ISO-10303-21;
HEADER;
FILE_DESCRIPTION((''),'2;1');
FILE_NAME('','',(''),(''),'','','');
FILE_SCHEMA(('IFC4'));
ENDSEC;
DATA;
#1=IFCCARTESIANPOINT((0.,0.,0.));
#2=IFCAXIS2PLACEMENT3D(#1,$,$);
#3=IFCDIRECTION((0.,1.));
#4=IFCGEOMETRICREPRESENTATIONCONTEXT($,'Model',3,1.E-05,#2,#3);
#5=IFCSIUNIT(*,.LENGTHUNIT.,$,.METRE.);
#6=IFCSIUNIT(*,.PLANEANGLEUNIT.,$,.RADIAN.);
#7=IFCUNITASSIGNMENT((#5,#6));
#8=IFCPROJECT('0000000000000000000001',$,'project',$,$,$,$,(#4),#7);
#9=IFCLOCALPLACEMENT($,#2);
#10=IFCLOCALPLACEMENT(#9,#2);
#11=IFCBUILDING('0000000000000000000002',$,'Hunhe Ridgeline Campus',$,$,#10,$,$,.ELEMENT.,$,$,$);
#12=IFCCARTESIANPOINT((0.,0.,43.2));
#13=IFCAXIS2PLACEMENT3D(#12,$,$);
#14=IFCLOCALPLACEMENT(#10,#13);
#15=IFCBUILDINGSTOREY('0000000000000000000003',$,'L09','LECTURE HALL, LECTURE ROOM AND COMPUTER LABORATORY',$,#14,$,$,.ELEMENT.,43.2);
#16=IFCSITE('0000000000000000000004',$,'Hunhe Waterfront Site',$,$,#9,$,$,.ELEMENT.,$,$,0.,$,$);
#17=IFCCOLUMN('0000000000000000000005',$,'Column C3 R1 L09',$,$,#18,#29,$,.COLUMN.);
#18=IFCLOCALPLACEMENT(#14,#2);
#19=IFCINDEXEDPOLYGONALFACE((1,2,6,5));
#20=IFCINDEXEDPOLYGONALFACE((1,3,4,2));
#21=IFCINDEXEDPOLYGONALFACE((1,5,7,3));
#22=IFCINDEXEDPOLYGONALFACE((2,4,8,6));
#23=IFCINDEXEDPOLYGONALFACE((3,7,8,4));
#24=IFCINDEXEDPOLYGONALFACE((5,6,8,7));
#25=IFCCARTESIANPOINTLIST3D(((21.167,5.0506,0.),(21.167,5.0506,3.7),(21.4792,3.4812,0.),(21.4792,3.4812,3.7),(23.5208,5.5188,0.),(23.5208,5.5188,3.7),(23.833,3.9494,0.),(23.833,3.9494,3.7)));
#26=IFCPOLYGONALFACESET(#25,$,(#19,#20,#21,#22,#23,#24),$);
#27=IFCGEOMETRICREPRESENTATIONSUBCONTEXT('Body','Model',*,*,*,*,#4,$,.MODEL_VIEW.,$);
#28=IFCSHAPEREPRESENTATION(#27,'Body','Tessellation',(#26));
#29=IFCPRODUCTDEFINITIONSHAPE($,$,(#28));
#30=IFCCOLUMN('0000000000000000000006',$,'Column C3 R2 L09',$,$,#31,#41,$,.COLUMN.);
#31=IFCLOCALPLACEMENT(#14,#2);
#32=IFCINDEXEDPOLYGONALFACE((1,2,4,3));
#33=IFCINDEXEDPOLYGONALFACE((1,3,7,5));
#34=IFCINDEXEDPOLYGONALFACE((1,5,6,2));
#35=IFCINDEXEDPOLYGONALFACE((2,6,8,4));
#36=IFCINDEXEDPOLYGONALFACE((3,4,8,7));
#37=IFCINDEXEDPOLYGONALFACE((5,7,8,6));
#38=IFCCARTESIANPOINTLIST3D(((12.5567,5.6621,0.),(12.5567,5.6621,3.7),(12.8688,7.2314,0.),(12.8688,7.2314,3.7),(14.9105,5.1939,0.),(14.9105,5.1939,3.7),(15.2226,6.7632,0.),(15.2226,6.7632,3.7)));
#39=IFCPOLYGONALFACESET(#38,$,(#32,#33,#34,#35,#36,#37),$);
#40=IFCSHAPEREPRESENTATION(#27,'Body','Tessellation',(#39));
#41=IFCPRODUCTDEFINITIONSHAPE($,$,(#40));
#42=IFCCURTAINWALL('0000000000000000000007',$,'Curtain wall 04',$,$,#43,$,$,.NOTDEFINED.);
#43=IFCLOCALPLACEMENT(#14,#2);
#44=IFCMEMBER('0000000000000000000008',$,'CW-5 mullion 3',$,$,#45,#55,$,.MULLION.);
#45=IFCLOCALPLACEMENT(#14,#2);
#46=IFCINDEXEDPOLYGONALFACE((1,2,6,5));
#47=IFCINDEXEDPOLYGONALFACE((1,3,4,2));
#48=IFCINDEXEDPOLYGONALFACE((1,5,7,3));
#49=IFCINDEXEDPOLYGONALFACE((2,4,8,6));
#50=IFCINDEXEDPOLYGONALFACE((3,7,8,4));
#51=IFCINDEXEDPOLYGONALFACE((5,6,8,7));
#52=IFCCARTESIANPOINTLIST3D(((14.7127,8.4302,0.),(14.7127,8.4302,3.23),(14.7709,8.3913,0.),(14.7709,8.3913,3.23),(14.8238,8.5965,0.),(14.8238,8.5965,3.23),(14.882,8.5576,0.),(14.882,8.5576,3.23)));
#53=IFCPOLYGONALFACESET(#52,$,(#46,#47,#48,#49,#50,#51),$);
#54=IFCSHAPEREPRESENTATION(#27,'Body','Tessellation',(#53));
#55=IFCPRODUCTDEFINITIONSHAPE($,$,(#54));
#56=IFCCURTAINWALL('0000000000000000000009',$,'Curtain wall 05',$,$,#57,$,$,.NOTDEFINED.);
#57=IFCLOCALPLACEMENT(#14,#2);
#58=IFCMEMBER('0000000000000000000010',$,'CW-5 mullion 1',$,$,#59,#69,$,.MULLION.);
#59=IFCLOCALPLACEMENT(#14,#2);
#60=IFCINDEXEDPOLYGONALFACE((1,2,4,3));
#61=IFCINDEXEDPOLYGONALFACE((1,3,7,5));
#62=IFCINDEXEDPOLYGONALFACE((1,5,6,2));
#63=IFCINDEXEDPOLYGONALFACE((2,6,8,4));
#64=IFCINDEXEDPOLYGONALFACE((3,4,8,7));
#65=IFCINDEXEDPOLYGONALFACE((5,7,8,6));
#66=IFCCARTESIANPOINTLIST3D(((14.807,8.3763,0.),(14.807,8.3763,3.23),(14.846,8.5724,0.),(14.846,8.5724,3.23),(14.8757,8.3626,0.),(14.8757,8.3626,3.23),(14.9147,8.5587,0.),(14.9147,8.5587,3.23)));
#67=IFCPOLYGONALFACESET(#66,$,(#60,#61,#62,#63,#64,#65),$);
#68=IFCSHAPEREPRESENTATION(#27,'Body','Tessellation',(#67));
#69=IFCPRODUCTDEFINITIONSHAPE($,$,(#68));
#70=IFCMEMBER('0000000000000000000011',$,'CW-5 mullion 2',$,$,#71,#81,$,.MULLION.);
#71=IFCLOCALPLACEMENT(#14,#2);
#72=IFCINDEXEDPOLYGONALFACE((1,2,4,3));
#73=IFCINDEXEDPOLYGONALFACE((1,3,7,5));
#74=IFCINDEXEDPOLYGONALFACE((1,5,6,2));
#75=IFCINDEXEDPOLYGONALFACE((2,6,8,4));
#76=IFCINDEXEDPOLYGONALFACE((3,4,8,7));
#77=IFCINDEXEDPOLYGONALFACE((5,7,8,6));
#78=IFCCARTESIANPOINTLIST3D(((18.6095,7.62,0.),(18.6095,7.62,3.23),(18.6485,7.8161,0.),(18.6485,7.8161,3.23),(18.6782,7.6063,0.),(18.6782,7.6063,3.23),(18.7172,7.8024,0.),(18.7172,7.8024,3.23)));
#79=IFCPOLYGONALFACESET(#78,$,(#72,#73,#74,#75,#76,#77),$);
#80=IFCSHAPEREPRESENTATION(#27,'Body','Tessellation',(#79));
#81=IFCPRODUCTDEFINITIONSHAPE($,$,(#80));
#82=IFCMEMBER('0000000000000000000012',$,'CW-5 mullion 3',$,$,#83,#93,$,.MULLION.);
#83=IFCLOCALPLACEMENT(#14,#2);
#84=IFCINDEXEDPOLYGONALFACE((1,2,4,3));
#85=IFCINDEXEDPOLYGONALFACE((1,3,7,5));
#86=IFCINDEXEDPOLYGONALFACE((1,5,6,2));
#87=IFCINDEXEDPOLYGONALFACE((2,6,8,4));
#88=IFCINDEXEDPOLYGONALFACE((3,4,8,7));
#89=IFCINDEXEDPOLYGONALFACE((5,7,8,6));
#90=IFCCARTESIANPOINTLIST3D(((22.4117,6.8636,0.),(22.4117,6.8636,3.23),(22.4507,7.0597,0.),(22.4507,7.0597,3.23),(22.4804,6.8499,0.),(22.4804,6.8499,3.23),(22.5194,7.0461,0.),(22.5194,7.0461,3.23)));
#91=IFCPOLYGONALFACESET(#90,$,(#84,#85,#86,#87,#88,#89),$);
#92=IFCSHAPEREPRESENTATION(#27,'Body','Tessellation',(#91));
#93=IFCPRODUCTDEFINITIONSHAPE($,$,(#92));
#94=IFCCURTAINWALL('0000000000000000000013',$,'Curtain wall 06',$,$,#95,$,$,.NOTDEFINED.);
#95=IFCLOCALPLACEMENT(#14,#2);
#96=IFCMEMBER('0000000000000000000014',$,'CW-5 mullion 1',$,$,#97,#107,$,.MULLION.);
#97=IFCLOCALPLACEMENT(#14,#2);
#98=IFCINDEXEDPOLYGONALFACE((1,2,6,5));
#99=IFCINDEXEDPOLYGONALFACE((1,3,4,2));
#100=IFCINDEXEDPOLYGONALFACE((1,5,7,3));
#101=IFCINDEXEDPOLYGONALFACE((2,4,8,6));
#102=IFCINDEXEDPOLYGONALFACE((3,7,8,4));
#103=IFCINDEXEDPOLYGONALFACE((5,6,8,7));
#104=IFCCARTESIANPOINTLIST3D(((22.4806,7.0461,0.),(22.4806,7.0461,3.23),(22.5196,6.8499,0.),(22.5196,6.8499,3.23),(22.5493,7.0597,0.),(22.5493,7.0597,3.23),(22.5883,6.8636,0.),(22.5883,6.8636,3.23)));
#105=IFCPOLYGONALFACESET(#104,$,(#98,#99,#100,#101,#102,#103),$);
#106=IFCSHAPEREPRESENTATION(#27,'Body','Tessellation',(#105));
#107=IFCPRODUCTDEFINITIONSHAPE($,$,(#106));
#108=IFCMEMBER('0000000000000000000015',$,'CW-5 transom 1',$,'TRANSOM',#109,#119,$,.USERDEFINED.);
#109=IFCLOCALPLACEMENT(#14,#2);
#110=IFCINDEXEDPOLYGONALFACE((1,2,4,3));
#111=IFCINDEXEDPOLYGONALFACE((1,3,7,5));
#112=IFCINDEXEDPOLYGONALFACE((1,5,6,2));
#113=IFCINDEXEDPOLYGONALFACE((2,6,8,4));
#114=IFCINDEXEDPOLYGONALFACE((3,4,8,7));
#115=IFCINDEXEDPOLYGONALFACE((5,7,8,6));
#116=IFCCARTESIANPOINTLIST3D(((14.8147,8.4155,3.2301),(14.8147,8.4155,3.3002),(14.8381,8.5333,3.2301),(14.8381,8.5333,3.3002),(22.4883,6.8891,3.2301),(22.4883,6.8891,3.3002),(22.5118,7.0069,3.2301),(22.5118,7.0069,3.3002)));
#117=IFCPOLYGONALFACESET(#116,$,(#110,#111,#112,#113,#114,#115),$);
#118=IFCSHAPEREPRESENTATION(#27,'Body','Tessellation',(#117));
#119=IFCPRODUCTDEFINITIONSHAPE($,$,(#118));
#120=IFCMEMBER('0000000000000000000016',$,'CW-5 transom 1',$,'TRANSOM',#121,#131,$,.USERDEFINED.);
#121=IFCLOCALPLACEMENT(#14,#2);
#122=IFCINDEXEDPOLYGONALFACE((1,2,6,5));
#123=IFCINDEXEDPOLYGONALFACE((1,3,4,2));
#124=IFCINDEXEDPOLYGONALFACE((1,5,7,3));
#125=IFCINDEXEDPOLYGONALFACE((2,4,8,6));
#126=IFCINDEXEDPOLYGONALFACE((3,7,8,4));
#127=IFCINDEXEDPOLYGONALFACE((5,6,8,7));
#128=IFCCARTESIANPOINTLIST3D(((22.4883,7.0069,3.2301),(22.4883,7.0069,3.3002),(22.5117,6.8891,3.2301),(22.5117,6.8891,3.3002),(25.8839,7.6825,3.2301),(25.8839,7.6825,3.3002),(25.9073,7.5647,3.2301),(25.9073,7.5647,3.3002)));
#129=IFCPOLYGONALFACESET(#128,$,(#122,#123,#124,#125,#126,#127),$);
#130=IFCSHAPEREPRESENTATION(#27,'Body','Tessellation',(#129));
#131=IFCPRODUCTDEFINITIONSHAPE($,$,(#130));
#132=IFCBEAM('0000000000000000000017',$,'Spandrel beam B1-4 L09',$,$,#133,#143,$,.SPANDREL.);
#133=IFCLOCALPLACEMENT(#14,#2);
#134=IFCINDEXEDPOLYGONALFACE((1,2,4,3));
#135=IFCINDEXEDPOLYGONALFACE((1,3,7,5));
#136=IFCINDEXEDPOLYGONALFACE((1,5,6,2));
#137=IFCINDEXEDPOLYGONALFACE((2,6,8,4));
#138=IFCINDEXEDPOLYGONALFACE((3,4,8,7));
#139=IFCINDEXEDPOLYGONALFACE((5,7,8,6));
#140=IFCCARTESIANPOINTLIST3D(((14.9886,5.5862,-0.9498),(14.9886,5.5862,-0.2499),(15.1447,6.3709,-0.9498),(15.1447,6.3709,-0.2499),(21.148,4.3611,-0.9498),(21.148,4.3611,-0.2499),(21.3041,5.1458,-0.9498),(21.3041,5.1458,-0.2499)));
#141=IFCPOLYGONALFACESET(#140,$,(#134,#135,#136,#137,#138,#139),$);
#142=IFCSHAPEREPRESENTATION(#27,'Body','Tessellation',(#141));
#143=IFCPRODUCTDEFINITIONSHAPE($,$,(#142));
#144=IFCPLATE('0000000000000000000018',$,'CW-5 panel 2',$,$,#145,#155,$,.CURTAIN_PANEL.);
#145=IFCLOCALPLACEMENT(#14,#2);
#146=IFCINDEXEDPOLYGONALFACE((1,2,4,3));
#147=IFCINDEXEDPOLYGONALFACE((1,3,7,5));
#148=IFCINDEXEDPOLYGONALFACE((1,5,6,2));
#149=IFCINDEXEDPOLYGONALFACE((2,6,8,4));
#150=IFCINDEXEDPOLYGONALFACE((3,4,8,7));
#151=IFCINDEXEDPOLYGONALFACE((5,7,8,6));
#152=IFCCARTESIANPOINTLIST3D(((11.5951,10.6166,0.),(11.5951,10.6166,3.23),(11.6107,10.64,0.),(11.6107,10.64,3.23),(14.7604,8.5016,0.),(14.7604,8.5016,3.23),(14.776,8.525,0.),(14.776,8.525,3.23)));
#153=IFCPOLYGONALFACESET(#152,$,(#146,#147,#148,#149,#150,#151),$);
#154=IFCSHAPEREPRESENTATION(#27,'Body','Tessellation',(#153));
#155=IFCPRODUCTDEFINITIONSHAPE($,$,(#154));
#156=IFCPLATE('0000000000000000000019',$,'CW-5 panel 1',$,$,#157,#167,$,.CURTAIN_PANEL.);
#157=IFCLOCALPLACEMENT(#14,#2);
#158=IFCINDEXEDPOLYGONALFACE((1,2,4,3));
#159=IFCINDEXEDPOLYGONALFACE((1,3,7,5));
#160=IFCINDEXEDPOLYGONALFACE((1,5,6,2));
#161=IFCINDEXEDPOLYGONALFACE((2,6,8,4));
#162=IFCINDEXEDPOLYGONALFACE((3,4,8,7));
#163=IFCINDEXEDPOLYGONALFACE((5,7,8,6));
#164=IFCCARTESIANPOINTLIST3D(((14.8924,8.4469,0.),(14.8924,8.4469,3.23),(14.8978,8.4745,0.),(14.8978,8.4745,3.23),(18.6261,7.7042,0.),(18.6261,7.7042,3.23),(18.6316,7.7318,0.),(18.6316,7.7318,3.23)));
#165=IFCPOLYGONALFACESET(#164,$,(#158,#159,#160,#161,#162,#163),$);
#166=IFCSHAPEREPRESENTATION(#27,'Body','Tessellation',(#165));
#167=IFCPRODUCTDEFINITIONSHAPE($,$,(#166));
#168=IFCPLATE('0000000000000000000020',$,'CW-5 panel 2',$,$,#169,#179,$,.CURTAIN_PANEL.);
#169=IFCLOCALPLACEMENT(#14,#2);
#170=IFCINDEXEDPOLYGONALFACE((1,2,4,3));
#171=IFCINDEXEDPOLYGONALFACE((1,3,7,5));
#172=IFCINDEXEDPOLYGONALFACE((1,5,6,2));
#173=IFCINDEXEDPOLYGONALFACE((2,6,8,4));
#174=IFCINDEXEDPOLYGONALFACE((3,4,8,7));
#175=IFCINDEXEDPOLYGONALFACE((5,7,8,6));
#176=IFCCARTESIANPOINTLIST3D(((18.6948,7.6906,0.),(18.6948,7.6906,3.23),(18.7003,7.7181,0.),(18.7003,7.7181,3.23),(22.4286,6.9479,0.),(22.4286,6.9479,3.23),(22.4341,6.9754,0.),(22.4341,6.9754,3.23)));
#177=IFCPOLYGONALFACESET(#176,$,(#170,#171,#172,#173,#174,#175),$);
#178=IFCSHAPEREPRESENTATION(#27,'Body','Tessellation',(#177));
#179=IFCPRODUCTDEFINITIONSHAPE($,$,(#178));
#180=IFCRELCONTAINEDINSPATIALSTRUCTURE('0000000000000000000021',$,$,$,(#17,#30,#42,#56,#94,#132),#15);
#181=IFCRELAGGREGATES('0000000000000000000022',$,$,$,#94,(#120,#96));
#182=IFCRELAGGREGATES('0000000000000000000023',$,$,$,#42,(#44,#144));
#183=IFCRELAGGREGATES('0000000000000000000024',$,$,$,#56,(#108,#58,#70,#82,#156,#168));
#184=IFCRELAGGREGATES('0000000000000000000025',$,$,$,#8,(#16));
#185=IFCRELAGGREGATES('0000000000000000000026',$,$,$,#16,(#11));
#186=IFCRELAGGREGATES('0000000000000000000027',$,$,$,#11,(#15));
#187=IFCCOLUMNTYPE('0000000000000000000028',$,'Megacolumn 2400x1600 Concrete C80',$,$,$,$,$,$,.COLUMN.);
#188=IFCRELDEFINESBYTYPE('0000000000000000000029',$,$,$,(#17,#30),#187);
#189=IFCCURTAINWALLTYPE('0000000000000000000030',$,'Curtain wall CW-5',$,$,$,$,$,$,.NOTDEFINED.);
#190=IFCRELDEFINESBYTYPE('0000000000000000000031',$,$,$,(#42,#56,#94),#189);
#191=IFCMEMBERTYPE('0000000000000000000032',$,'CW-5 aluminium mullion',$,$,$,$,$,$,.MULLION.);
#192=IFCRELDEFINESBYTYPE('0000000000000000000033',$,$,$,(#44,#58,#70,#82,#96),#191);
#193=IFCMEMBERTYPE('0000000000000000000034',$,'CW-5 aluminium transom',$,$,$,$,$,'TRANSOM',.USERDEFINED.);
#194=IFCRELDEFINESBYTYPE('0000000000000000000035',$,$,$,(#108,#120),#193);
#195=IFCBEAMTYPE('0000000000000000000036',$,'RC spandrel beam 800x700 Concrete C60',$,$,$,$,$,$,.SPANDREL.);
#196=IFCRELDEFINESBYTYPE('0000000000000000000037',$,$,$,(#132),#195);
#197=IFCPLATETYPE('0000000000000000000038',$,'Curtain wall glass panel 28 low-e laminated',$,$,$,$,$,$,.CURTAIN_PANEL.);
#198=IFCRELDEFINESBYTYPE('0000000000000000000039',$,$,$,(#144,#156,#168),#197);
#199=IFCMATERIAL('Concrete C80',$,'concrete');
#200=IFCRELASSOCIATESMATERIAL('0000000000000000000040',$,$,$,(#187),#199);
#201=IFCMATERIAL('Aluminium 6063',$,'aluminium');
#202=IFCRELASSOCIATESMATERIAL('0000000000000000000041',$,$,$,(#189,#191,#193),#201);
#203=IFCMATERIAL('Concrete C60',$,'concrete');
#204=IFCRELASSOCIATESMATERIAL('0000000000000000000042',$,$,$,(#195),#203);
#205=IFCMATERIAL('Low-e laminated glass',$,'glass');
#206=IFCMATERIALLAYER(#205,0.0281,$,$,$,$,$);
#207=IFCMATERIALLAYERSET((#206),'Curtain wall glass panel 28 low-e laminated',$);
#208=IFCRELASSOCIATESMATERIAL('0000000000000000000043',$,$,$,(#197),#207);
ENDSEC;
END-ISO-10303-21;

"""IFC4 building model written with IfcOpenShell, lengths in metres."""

from ifc_helpers import new_model, si_unit, direction, frame, origin, origin_2d, place, context, subcontext, project, spatial, rectangle, extrude, material, layer, layer_set, material_profile, profile_set, type_object, element, aggregate, save


model = new_model("IFC4")

# Units and contexts
model_context = context("Model", 3, precision=1e-05, world=origin(), true_north=direction((0.0, 1.0)))
body_context = subcontext(model_context, "Body", "Model", "MODEL_VIEW")
ifc_project = project(units=[si_unit("LENGTHUNIT", "METRE"), si_unit("PLANEANGLEUNIT", "RADIAN")], contexts=[model_context])

# Site, building, storey
site_placement = place(None, origin())
site = spatial("IfcSite", under=ifc_project, at=site_placement, Name="Hunhe Waterfront Site", CompositionType="ELEMENT", RefElevation=0.0)
building_placement = place(site_placement, origin())
building = spatial("IfcBuilding", under=site, at=building_placement, Name="Hunhe Ridgeline Campus", CompositionType="ELEMENT")
storey_placement = place(building_placement, frame((0.0, 0.0, 43.2)))
storey = spatial("IfcBuildingStorey", under=building, at=storey_placement, Name="L09", Description="LECTURE HALL, LECTURE ROOM AND COMPUTER LABORATORY", CompositionType="ELEMENT", Elevation=43.2)

# Columns
ifc_material_1 = material(Name="Concrete C80", Category="concrete")
ifc_material_profile_1 = material_profile(ifc_material_1, rectangle(XDim=2.3999, YDim=1.6001, at=origin_2d()))
ifc_profile_set_1 = profile_set([ifc_material_profile_1], Name="Concrete C80")
column_type = type_object("IfcColumnType", Name="Megacolumn 2400x1600 Concrete C80", PredefinedType="COLUMN", material=ifc_profile_set_1)
for number, where, z_axis, x_axis, name in (
    (1, (22.5, 4.5, 0.0), (0.0, 0.0, 1.0), (0.980785, 0.19509, 0.0), "Column C3 R1 L09"),
    (2, (13.8896, 6.2126, 0.0), (0.0, 0.0, 1.0), (-0.980785, 0.19509, 0.0), "Column C3 R2 L09"),
):
    element("IfcColumn", number, at=place(storey_placement, frame(where, z_axis=z_axis, x_axis=x_axis)), inside=storey, type_object=column_type, Name=name, PredefinedType="COLUMN", context=body_context, shape_type="SweptSolid", body=[
        extrude(rectangle(XDim=2.3999, YDim=1.6001, at=origin_2d()), origin(), (0.0, 0.0, 1.0), 3.7),
    ])

# Curtain wall, member
ifc_material_2 = material(Name="Aluminium 6063", Category="aluminium")
curtain_wall_type = type_object("IfcCurtainWallType", Name="Curtain wall CW-5", PredefinedType="NOTDEFINED", material=ifc_material_2)
curtain_wall_1_placement = place(storey_placement, origin())
curtain_wall_1 = element("IfcCurtainWall", 3, at=curtain_wall_1_placement, inside=storey, type_object=curtain_wall_type, Name="Curtain wall 04", PredefinedType="NOTDEFINED")
ifc_material_profile_2 = material_profile(ifc_material_2, rectangle(XDim=0.2, YDim=0.0701, at=origin_2d()))
ifc_profile_set_2 = profile_set([ifc_material_profile_2], Name="Aluminium 6063")
member_type_1 = type_object("IfcMemberType", Name="CW-5 aluminium mullion", PredefinedType="MULLION", material=ifc_profile_set_2)
member_1_placement = place(storey_placement, frame((14.7974, 8.4939, 0.0), z_axis=(0.0, 0.0, 1.0), x_axis=(0.55557, 0.83147, 0.0)))
member_1 = element("IfcMember", 4, at=member_1_placement, type_object=member_type_1, Name="CW-5 mullion 3", PredefinedType="MULLION", context=body_context, shape_type="SweptSolid", body=[
    extrude(rectangle(XDim=0.2, YDim=0.0701, at=origin_2d()), origin(), (0.0, 0.0, 1.0), 3.23),
])

# Curtain wall, members
curtain_wall_2_placement = place(storey_placement, origin())
curtain_wall_2 = element("IfcCurtainWall", 5, at=curtain_wall_2_placement, inside=storey, type_object=curtain_wall_type, Name="Curtain wall 05", PredefinedType="NOTDEFINED")
member_2_placement = place(storey_placement, frame((14.8608, 8.4675, 0.0), z_axis=(0.0, 0.0, 1.0), x_axis=(0.19509, 0.980785, 0.0)))
member_2 = element("IfcMember", 6, at=member_2_placement, type_object=member_type_1, Name="CW-5 mullion 1", PredefinedType="MULLION", context=body_context, shape_type="SweptSolid", body=[
    extrude(rectangle(XDim=0.2, YDim=0.0701, at=origin_2d()), origin(), (0.0, 0.0, 1.0), 3.23),
])
member_3_placement = place(storey_placement, frame((18.6633, 7.7112, 0.0), z_axis=(0.0, 0.0, 1.0), x_axis=(0.19509, 0.980785, 0.0)))
member_3 = element("IfcMember", 7, at=member_3_placement, type_object=member_type_1, Name="CW-5 mullion 2", PredefinedType="MULLION", context=body_context, shape_type="SweptSolid", body=[
    extrude(rectangle(XDim=0.2, YDim=0.0701, at=origin_2d()), origin(), (0.0, 0.0, 1.0), 3.23),
])
member_4_placement = place(storey_placement, frame((22.4656, 6.9548, 0.0), z_axis=(0.0, 0.0, 1.0), x_axis=(0.19509, 0.980785, 0.0)))
member_4 = element("IfcMember", 8, at=member_4_placement, type_object=member_type_1, Name="CW-5 mullion 3", PredefinedType="MULLION", context=body_context, shape_type="SweptSolid", body=[
    extrude(rectangle(XDim=0.2, YDim=0.0701, at=origin_2d()), origin(), (0.0, 0.0, 1.0), 3.23),
])

# Curtain wall, member
curtain_wall_3_placement = place(storey_placement, origin())
curtain_wall_3 = element("IfcCurtainWall", 9, at=curtain_wall_3_placement, inside=storey, type_object=curtain_wall_type, Name="Curtain wall 06", PredefinedType="NOTDEFINED")
member_5_placement = place(storey_placement, frame((22.5344, 6.9548, 0.0), z_axis=(0.0, 0.0, 1.0), x_axis=(-0.19509, 0.980785, 0.0)))
member_5 = element("IfcMember", 10, at=member_5_placement, type_object=member_type_1, Name="CW-5 mullion 1", PredefinedType="MULLION", context=body_context, shape_type="SweptSolid", body=[
    extrude(rectangle(XDim=0.2, YDim=0.0701, at=origin_2d()), origin(), (0.0, 0.0, 1.0), 3.23),
])

# Members
ifc_material_profile_3 = material_profile(ifc_material_2, rectangle(XDim=0.1201, YDim=0.0701, at=origin_2d()))
ifc_profile_set_3 = profile_set([ifc_material_profile_3], Name="Aluminium 6063")
member_type_2 = type_object("IfcMemberType", Name="CW-5 aluminium transom", ElementType="TRANSOM", PredefinedType="USERDEFINED", material=ifc_profile_set_3)
member_6_placement = place(storey_placement, frame((14.8264, 8.4744, 3.2651), z_axis=(0.980785, -0.19509, 0.0), x_axis=(0.19509, 0.980785, 0.0)))
member_6 = element("IfcMember", 11, at=member_6_placement, type_object=member_type_2, Name="CW-5 transom 1", ObjectType="TRANSOM", PredefinedType="USERDEFINED", context=body_context, shape_type="SweptSolid", body=[
    extrude(rectangle(XDim=0.1201, YDim=0.0701, at=origin_2d()), origin(), (0.0, 0.0, 1.0), 7.824),
])
member_7_placement = place(storey_placement, frame((22.5, 6.948, 3.2651), z_axis=(0.980778, 0.195126, 0.0), x_axis=(-0.195126, 0.980778, 0.0)))
member_7 = element("IfcMember", 12, at=member_7_placement, type_object=member_type_2, Name="CW-5 transom 1", ObjectType="TRANSOM", PredefinedType="USERDEFINED", context=body_context, shape_type="SweptSolid", body=[
    extrude(rectangle(XDim=0.1201, YDim=0.0701, at=origin_2d()), origin(), (0.0, 0.0, 1.0), 3.4622),
])
aggregate(curtain_wall_3, [member_7, member_5])

# Beam
ifc_material_3 = material(Name="Concrete C60", Category="concrete")
ifc_material_profile_4 = material_profile(ifc_material_3, rectangle(XDim=0.8, YDim=0.7, at=origin_2d()))
ifc_profile_set_4 = profile_set([ifc_material_profile_4], Name="Concrete C60")
beam_type = type_object("IfcBeamType", Name="RC spandrel beam 800x700 Concrete C60", PredefinedType="SPANDREL", material=ifc_profile_set_4)
beam_placement = place(storey_placement, frame((15.0667, 5.9785, -0.5999), z_axis=(0.980788, -0.195077, 0.0), x_axis=(0.195077, 0.980788, 0.0)))
element("IfcBeam", 13, at=beam_placement, inside=storey, type_object=beam_type, Name="Spandrel beam B1-4 L09", PredefinedType="SPANDREL", context=body_context, shape_type="SweptSolid", body=[
    extrude(rectangle(XDim=0.8, YDim=0.7, at=origin_2d()), origin(), (0.0, 0.0, 1.0), 6.28),
])

# Plates
ifc_material_4 = material(Name="Low-e laminated glass", Category="glass")
ifc_layer_1 = layer(ifc_material_4, 0.0281)
ifc_layer_set_1 = layer_set([ifc_layer_1], Name="Curtain wall glass panel 28 low-e laminated")
plate_type = type_object("IfcPlateType", Name="Curtain wall glass panel 28 low-e laminated", PredefinedType="CURTAIN_PANEL", material=ifc_layer_set_1)
plate_1_placement = place(storey_placement, frame((13.1855, 9.5708, 0.0), z_axis=(0.0, 0.0, 1.0), x_axis=(0.83147, -0.55557, 0.0)))
plate_1 = element("IfcPlate", 14, at=plate_1_placement, type_object=plate_type, Name="CW-5 panel 2", PredefinedType="CURTAIN_PANEL", context=body_context, shape_type="SweptSolid", body=[
    extrude(rectangle(XDim=3.8069, YDim=0.0281, at=origin_2d()), origin(), (0.0, 0.0, 1.0), 3.23),
])
aggregate(curtain_wall_1, [member_1, plate_1])
plate_2_placement = place(storey_placement, frame((16.762, 8.0894, 0.0), z_axis=(0.0, 0.0, 1.0), x_axis=(0.980785, -0.19509, 0.0)))
plate_2 = element("IfcPlate", 15, at=plate_2_placement, type_object=plate_type, Name="CW-5 panel 1", PredefinedType="CURTAIN_PANEL", context=body_context, shape_type="SweptSolid", body=[
    extrude(rectangle(XDim=3.8069, YDim=0.0281, at=origin_2d()), origin(), (0.0, 0.0, 1.0), 3.23),
])
plate_3_placement = place(storey_placement, frame((20.5645, 7.333, 0.0), z_axis=(0.0, 0.0, 1.0), x_axis=(0.980785, -0.19509, 0.0)))
plate_3 = element("IfcPlate", 16, at=plate_3_placement, type_object=plate_type, Name="CW-5 panel 2", PredefinedType="CURTAIN_PANEL", context=body_context, shape_type="SweptSolid", body=[
    extrude(rectangle(XDim=3.8069, YDim=0.0281, at=origin_2d()), origin(), (0.0, 0.0, 1.0), 3.23),
])
aggregate(curtain_wall_2, [member_6, member_2, member_3, member_4, plate_2, plate_3])

save(model, "model.ifc")
